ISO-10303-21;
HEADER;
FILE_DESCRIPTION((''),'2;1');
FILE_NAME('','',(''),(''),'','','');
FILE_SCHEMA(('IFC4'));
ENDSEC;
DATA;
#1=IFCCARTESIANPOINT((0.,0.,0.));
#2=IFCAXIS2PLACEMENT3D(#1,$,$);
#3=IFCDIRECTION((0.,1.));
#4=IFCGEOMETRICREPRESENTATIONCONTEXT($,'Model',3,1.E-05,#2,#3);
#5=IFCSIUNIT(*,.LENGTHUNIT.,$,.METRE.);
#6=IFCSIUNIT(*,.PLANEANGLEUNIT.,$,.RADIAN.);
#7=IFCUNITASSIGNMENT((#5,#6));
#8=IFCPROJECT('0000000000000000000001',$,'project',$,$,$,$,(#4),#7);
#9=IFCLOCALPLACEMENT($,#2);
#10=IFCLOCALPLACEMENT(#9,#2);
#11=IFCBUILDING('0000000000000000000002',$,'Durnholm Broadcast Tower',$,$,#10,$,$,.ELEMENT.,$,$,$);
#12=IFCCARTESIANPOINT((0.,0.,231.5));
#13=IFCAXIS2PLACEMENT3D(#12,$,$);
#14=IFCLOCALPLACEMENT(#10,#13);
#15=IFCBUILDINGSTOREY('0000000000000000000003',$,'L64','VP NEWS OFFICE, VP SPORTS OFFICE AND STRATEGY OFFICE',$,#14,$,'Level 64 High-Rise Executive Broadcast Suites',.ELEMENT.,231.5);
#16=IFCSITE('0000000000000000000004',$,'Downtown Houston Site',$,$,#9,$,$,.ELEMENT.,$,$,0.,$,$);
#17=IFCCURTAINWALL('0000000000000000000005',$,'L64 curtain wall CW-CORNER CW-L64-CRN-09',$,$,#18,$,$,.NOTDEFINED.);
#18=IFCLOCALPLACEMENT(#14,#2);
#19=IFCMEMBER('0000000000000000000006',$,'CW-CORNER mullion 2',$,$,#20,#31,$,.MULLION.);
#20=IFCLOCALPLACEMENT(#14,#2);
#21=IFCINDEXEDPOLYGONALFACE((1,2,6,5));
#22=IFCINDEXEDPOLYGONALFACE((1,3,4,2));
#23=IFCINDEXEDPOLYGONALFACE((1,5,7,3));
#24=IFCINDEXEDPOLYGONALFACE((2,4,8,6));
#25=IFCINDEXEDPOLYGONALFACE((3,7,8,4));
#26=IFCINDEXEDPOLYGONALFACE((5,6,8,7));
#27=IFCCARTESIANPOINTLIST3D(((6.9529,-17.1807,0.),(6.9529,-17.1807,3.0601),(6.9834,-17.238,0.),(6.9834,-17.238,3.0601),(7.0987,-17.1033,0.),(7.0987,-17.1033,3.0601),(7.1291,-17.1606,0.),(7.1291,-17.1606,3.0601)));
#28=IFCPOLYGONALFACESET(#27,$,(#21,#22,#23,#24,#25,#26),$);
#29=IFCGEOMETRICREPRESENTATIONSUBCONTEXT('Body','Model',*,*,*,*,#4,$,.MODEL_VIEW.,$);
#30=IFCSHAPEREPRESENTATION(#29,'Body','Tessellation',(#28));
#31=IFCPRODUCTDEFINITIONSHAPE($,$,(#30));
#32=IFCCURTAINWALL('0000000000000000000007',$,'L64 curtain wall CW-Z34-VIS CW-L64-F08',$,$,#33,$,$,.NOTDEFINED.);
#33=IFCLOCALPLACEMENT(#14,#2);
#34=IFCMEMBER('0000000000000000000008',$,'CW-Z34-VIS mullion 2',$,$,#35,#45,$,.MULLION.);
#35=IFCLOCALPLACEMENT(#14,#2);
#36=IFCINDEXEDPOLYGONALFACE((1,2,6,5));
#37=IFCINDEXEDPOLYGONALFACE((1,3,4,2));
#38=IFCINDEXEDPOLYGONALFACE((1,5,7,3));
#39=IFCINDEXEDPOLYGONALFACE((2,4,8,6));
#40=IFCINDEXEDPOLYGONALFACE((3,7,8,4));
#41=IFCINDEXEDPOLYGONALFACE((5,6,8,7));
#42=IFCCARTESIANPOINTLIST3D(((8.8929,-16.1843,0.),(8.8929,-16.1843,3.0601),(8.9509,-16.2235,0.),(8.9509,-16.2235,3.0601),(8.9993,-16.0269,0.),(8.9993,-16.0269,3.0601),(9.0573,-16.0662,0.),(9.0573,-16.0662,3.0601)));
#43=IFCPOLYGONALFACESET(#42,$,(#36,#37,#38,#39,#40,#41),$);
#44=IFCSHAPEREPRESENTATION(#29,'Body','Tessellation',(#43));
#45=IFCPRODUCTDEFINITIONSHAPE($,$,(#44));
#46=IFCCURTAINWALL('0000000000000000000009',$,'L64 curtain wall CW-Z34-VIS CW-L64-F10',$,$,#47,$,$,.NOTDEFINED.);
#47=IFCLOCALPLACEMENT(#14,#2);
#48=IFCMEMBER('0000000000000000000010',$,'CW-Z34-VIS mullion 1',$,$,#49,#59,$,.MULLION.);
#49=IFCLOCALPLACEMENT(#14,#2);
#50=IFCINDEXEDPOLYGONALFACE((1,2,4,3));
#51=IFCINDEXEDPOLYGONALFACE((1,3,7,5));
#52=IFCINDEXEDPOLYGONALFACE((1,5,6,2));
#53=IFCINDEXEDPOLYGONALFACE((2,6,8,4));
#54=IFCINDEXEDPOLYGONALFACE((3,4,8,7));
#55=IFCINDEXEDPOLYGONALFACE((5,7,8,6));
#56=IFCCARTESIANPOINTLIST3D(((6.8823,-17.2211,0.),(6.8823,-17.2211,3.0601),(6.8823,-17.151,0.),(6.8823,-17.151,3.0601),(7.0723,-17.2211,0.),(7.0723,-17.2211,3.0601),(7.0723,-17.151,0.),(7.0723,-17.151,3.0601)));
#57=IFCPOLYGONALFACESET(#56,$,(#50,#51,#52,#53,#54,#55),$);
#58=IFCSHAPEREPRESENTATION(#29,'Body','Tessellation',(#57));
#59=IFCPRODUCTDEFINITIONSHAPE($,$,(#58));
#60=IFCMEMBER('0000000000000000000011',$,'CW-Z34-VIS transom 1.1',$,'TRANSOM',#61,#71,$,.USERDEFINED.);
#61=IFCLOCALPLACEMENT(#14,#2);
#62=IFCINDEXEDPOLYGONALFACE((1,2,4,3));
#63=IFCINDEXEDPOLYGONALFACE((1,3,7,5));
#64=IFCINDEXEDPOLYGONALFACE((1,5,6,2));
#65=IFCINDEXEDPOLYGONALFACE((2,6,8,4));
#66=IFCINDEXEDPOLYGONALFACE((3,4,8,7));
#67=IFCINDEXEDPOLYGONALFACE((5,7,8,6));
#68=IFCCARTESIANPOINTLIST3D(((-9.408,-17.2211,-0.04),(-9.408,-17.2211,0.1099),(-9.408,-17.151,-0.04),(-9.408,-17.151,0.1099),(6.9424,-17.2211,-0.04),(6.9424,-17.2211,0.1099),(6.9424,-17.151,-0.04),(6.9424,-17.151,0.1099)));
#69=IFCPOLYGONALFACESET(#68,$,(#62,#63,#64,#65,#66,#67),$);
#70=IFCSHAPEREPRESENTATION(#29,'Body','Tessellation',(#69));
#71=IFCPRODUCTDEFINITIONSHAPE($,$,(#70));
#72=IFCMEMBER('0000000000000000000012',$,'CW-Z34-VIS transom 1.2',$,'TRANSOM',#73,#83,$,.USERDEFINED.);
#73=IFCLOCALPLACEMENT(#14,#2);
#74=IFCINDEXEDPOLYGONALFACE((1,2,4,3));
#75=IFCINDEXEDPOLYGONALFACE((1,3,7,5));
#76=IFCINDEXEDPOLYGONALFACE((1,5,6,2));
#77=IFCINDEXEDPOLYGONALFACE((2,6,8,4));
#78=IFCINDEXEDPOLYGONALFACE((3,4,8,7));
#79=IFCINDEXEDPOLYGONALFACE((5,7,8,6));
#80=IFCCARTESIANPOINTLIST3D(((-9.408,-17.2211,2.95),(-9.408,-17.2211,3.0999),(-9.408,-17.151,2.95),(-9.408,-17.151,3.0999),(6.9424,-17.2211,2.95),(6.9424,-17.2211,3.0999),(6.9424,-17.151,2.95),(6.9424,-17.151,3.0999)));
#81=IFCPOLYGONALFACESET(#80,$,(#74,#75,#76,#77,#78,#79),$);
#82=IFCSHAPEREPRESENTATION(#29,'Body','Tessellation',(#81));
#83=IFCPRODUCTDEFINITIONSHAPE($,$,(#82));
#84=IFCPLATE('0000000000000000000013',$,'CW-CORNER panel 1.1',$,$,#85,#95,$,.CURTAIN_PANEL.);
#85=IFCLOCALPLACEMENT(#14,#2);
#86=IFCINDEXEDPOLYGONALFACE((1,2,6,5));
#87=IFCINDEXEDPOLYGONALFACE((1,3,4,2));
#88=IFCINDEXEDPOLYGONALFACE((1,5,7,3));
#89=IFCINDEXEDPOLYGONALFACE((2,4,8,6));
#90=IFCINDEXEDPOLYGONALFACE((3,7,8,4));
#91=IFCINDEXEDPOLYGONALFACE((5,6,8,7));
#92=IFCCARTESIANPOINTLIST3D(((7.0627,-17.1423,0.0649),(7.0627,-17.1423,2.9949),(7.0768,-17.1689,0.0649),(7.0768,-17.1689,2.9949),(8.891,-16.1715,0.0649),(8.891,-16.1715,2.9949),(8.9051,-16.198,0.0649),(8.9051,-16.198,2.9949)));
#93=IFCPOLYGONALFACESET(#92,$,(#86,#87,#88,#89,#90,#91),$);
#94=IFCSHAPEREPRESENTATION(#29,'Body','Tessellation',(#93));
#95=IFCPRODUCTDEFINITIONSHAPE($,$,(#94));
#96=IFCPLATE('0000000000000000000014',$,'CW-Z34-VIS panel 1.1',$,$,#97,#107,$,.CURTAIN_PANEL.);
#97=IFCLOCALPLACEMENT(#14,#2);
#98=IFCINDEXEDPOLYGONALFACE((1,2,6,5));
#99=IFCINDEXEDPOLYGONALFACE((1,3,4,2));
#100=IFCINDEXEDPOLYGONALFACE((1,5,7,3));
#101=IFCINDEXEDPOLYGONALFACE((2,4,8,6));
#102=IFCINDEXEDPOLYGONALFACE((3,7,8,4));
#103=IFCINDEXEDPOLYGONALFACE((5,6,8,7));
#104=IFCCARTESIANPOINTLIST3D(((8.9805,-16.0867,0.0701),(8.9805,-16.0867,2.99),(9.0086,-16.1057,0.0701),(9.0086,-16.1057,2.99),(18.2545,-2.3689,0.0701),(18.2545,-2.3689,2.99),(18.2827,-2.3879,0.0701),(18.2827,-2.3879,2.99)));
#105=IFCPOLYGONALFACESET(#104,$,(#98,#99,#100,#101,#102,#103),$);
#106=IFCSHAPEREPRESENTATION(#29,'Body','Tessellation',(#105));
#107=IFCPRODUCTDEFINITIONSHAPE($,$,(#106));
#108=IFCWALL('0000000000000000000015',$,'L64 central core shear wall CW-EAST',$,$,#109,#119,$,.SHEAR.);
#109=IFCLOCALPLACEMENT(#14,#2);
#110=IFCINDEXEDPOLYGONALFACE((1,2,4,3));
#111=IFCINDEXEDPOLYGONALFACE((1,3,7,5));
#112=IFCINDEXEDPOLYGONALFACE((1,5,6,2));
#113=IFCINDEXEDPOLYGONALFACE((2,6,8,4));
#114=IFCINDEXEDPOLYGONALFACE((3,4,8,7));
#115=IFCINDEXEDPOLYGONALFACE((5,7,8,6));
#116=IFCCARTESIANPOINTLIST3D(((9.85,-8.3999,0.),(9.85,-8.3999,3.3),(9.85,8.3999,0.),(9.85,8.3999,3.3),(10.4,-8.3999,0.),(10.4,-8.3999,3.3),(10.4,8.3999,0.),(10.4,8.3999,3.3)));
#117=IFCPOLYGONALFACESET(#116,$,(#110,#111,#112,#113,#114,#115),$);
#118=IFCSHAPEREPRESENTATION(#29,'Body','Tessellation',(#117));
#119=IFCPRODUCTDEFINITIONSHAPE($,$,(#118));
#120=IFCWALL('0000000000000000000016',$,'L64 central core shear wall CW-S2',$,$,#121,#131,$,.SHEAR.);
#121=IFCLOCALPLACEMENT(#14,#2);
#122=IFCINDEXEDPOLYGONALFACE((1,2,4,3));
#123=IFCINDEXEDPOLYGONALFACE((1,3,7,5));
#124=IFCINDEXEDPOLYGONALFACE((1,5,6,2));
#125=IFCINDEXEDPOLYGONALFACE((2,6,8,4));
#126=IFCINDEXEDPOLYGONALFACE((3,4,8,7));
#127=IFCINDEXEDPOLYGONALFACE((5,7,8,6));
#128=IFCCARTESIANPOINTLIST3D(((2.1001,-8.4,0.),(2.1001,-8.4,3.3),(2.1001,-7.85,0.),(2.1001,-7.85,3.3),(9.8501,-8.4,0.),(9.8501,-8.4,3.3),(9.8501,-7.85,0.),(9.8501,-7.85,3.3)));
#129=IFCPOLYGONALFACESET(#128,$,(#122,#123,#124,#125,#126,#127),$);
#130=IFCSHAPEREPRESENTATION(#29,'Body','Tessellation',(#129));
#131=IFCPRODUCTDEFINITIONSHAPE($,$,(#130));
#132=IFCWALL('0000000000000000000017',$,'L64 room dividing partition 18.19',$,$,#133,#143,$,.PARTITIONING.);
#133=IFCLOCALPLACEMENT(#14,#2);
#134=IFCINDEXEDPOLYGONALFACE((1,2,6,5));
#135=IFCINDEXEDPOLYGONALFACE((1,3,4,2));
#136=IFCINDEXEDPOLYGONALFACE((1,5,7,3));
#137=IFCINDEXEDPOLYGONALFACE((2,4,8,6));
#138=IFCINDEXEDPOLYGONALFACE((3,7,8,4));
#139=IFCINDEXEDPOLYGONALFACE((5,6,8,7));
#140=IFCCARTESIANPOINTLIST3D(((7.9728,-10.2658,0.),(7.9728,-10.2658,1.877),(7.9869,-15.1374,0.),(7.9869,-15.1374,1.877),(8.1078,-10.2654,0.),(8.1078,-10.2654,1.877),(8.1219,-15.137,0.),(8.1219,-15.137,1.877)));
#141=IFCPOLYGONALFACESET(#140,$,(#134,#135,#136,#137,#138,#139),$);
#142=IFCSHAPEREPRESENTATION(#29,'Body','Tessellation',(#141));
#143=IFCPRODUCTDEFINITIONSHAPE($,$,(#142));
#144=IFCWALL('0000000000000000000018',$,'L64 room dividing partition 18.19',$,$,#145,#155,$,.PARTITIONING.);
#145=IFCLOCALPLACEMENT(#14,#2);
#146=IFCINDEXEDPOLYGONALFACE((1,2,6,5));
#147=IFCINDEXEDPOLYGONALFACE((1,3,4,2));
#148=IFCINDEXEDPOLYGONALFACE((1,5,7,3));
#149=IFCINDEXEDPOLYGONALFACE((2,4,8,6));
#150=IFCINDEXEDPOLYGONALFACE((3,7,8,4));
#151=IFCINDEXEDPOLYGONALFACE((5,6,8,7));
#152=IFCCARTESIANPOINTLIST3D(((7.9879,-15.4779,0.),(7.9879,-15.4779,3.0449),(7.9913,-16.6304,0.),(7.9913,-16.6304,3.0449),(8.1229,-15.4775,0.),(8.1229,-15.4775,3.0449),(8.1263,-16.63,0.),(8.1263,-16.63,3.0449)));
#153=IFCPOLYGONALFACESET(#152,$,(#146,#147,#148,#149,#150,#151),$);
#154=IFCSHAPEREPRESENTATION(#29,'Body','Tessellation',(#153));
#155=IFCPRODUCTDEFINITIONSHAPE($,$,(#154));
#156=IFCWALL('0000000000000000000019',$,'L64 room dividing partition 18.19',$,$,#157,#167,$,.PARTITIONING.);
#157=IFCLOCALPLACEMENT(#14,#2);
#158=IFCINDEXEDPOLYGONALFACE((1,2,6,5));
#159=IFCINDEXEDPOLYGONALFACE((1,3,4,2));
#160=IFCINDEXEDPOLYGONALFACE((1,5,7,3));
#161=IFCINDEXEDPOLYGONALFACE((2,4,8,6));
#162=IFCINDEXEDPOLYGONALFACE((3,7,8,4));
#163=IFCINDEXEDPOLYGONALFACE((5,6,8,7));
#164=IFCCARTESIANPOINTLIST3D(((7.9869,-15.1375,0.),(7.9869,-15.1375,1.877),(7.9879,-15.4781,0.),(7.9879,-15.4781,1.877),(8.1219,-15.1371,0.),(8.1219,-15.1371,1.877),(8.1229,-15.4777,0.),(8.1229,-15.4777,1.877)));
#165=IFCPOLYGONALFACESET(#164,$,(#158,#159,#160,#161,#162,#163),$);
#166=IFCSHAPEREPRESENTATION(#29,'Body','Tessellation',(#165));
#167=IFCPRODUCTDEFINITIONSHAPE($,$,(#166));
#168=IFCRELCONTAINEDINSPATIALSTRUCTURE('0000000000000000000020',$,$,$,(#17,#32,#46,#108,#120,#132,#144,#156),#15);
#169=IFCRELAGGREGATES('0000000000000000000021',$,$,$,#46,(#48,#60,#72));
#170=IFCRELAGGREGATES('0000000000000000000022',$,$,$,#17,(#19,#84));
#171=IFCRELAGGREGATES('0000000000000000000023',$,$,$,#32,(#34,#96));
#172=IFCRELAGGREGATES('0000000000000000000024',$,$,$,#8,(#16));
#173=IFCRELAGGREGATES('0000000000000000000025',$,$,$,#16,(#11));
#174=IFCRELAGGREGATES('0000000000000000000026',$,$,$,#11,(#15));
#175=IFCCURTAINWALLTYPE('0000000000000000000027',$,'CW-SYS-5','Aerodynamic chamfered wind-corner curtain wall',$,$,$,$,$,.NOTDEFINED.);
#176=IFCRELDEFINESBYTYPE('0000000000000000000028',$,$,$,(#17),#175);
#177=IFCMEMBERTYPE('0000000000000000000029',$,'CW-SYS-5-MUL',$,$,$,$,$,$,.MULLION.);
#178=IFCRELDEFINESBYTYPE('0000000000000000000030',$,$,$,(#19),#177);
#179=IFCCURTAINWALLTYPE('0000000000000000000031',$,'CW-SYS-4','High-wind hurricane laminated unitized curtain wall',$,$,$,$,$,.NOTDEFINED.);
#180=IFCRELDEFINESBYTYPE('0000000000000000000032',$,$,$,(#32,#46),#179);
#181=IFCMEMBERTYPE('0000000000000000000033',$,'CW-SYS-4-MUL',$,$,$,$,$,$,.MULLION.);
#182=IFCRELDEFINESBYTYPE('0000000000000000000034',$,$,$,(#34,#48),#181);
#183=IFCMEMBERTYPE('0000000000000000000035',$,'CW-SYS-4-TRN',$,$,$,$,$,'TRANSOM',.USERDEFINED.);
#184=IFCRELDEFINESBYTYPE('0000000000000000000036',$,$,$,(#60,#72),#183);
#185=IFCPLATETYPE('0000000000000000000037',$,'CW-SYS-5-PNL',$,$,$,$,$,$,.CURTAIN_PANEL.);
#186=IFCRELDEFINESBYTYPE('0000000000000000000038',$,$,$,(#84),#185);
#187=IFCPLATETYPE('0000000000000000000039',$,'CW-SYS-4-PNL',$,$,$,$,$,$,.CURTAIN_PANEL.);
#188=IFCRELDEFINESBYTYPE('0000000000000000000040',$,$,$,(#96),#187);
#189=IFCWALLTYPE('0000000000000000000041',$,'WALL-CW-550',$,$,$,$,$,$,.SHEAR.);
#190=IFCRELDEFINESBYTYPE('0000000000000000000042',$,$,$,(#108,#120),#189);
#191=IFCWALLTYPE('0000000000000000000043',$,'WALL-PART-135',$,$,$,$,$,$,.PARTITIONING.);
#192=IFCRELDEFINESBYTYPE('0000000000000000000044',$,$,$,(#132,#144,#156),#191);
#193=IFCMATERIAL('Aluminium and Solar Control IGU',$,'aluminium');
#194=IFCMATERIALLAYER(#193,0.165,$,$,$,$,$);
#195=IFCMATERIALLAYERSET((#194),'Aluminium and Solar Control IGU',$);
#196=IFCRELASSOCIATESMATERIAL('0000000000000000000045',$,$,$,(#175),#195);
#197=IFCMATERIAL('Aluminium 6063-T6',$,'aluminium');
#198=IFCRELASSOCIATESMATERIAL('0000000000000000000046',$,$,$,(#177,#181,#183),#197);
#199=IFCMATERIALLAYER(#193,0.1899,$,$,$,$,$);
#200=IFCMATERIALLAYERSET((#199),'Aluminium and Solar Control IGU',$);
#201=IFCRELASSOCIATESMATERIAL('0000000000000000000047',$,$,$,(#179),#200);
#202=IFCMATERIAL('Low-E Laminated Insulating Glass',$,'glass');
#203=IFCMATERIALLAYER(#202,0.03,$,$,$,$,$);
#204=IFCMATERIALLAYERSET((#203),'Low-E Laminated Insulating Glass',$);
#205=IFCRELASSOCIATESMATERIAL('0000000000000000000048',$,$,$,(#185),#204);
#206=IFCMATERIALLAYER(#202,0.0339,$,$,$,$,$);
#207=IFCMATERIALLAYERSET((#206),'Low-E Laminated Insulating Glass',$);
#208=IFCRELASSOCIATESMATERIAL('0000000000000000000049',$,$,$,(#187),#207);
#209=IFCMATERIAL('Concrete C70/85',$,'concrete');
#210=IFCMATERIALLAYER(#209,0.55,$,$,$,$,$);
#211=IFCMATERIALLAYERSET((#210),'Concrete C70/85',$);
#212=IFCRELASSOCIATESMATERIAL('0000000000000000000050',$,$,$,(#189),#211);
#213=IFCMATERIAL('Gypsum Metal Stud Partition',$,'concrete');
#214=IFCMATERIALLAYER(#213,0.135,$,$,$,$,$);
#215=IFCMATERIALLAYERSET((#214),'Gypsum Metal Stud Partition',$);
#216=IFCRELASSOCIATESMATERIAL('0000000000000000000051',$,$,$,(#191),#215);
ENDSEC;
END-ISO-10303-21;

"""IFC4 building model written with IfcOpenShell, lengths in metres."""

from ifc_helpers import new_model, si_unit, direction, frame, frame_2d, origin, origin_2d, place, context, subcontext, project, spatial, rectangle, extrude, source, transform, mapped, material, layer, layer_set, material_profile, profile_set, type_object, type_shapes, element, aggregate, save


model = new_model("IFC4")

# Units and contexts
model_context = context("Model", 3, precision=1e-05, world=origin(), true_north=direction((0.0, 1.0)))
body_context = subcontext(model_context, "Body", "Model", "MODEL_VIEW")
ifc_project = project(units=[si_unit("LENGTHUNIT", "METRE"), si_unit("PLANEANGLEUNIT", "RADIAN")], contexts=[model_context])

# Site, building, storey
site_placement = place(None, origin())
site = spatial("IfcSite", under=ifc_project, at=site_placement, Name="Downtown Houston Site", CompositionType="ELEMENT", RefElevation=0.0)
building_placement = place(site_placement, origin())
building = spatial("IfcBuilding", under=site, at=building_placement, Name="Durnholm Broadcast Tower", CompositionType="ELEMENT")
storey_placement = place(building_placement, frame((0.0, 0.0, 231.5)))
storey = spatial("IfcBuildingStorey", under=building, at=storey_placement, Name="L64", Description="VP NEWS OFFICE, VP SPORTS OFFICE AND STRATEGY OFFICE", LongName="Level 64 High-Rise Executive Broadcast Suites", CompositionType="ELEMENT", Elevation=231.5)

# Shared definitions
ifc_material_1 = material(Name="Concrete C70/85", Category="concrete")

# Curtain wall, member
ifc_material_2 = material(Name="Aluminium and Solar Control IGU", Category="aluminium")
ifc_layer_1 = layer(ifc_material_2, 0.165)
ifc_layer_set_1 = layer_set([ifc_layer_1], Name="Aluminium and Solar Control IGU")
curtain_wall_type_1 = type_object("IfcCurtainWallType", Name="CW-SYS-5", Description="Aerodynamic chamfered wind-corner curtain wall", PredefinedType="NOTDEFINED", material=ifc_layer_set_1)
curtain_wall_1_placement = place(storey_placement, origin())
curtain_wall_1 = element("IfcCurtainWall", 1, at=curtain_wall_1_placement, inside=storey, type_object=curtain_wall_type_1, Name="L64 curtain wall CW-CORNER CW-L64-CRN-09", PredefinedType="NOTDEFINED")
ifc_material_3 = material(Name="Aluminium 6063-T6", Category="aluminium")
ifc_material_profile_1 = material_profile(ifc_material_3, rectangle(XDim=0.0649, YDim=0.165, at=origin_2d()), Name="CWM65X165")
ifc_profile_set_1 = profile_set([ifc_material_profile_1], Name="Aluminium 6063-T6")
member_type_1 = type_object("IfcMemberType", Name="CW-SYS-5-MUL", PredefinedType="MULLION", material=ifc_profile_set_1)
shared_shape_1 = source(origin(), body_context, "Body", "SweptSolid", [
    extrude(rectangle(XDim=0.0649, YDim=0.165, at=origin_2d()), origin(), (0.0, 0.0, 1.0), 3.0601),
])
type_shapes(member_type_1, [shared_shape_1])
member_1_placement = place(storey_placement, frame((7.041, -17.1707, 0.0), z_axis=(0.0, 0.0, 1.0), x_axis=(0.469007, -0.883195, 0.0)))
member_1 = element("IfcMember", 2, at=member_1_placement, type_object=member_type_1, Name="CW-CORNER mullion 2", PredefinedType="MULLION", context=body_context, shape_type="MappedRepresentation", body=[
    mapped(shared_shape_1, transform((0.0, 0.0, 0.0), x_axis=(1.0, 0.0, 0.0), y_axis=(0.0, 1.0, 0.0), z_axis=(0.0, 0.0, 1.0), scale=1.0)),
])

# Curtain wall, member
ifc_layer_2 = layer(ifc_material_2, 0.1899)
ifc_layer_set_2 = layer_set([ifc_layer_2], Name="Aluminium and Solar Control IGU")
curtain_wall_type_2 = type_object("IfcCurtainWallType", Name="CW-SYS-4", Description="High-wind hurricane laminated unitized curtain wall", PredefinedType="NOTDEFINED", material=ifc_layer_set_2)
curtain_wall_2_placement = place(storey_placement, origin())
curtain_wall_2 = element("IfcCurtainWall", 3, at=curtain_wall_2_placement, inside=storey, type_object=curtain_wall_type_2, Name="L64 curtain wall CW-Z34-VIS CW-L64-F08", PredefinedType="NOTDEFINED")
ifc_material_profile_2 = material_profile(ifc_material_3, rectangle(XDim=0.0701, YDim=0.1899, at=origin_2d()), Name="CWM70X190")
ifc_profile_set_2 = profile_set([ifc_material_profile_2], Name="Aluminium 6063-T6")
member_type_2 = type_object("IfcMemberType", Name="CW-SYS-4-MUL", PredefinedType="MULLION", material=ifc_profile_set_2)
shared_shape_2 = source(origin(), body_context, "Body", "SweptSolid", [
    extrude(rectangle(XDim=0.0701, YDim=0.1899, at=origin_2d()), origin(), (0.0, 0.0, 1.0), 3.0601),
])
type_shapes(member_type_2, [shared_shape_2])
member_2_placement = place(storey_placement, frame((8.9751, -16.1252, 0.0), z_axis=(0.0, 0.0, 1.0), x_axis=(0.828443, -0.560073, 0.0)))
member_2 = element("IfcMember", 4, at=member_2_placement, type_object=member_type_2, Name="CW-Z34-VIS mullion 2", PredefinedType="MULLION", context=body_context, shape_type="MappedRepresentation", body=[
    mapped(shared_shape_2, transform((0.0, 0.0, 0.0), x_axis=(1.0, 0.0, 0.0), y_axis=(0.0, 1.0, 0.0), z_axis=(0.0, 0.0, 1.0), scale=1.0)),
])

# Curtain wall, members
curtain_wall_3_placement = place(storey_placement, origin())
curtain_wall_3 = element("IfcCurtainWall", 5, at=curtain_wall_3_placement, inside=storey, type_object=curtain_wall_type_2, Name="L64 curtain wall CW-Z34-VIS CW-L64-F10", PredefinedType="NOTDEFINED")
member_3_placement = place(storey_placement, frame((6.9773, -17.186, 0.0), z_axis=(0.0, 0.0, 1.0), x_axis=(0.0, -1.0, 0.0)))
member_3 = element("IfcMember", 6, at=member_3_placement, type_object=member_type_2, Name="CW-Z34-VIS mullion 1", PredefinedType="MULLION", context=body_context, shape_type="MappedRepresentation", body=[
    mapped(shared_shape_2, transform((0.0, 0.0, 0.0), x_axis=(1.0, 0.0, 0.0), y_axis=(0.0, 1.0, 0.0), z_axis=(0.0, 0.0, 1.0), scale=1.0)),
])
ifc_material_profile_3 = material_profile(ifc_material_3, rectangle(XDim=0.0701, YDim=0.1499, at=origin_2d()), Name="CWT70X150")
ifc_profile_set_3 = profile_set([ifc_material_profile_3], Name="Aluminium 6063-T6")
member_type_3 = type_object("IfcMemberType", Name="CW-SYS-4-TRN", ElementType="TRANSOM", PredefinedType="USERDEFINED", material=ifc_profile_set_3)
shared_shape_3 = source(origin(), body_context, "Body", "SweptSolid", [
    extrude(rectangle(XDim=0.0701, YDim=0.1499, at=origin_2d()), origin(), (0.0, 0.0, 1.0), 16.3503),
])
type_shapes(member_type_3, [shared_shape_3])
member_4_placement = place(storey_placement, frame((6.9424, -17.186, 0.0349), z_axis=(-1.0, 0.0, 0.0), x_axis=(0.0, -1.0, 0.0)))
member_4 = element("IfcMember", 7, at=member_4_placement, type_object=member_type_3, Name="CW-Z34-VIS transom 1.1", ObjectType="TRANSOM", PredefinedType="USERDEFINED", context=body_context, shape_type="MappedRepresentation", body=[
    mapped(shared_shape_3, transform((0.0, 0.0, 0.0), x_axis=(1.0, 0.0, 0.0), y_axis=(0.0, 1.0, 0.0), z_axis=(0.0, 0.0, 1.0), scale=1.0)),
])
member_5_placement = place(storey_placement, frame((6.9424, -17.186, 3.0249), z_axis=(-1.0, 0.0, 0.0), x_axis=(0.0, -1.0, 0.0)))
member_5 = element("IfcMember", 8, at=member_5_placement, type_object=member_type_3, Name="CW-Z34-VIS transom 1.2", ObjectType="TRANSOM", PredefinedType="USERDEFINED", context=body_context, shape_type="MappedRepresentation", body=[
    mapped(shared_shape_3, transform((0.0, 0.0, 0.0), x_axis=(1.0, 0.0, 0.0), y_axis=(0.0, 1.0, 0.0), z_axis=(0.0, 0.0, 1.0), scale=1.0)),
])
aggregate(curtain_wall_3, [member_3, member_4, member_5])

# Plates
ifc_material_4 = material(Name="Low-E Laminated Insulating Glass", Category="glass")
ifc_layer_3 = layer(ifc_material_4, 0.03)
ifc_layer_set_3 = layer_set([ifc_layer_3], Name="Low-E Laminated Insulating Glass")
plate_type_1 = type_object("IfcPlateType", Name="CW-SYS-5-PNL", PredefinedType="CURTAIN_PANEL", material=ifc_layer_set_3)
shared_shape_4 = source(origin(), body_context, "Body", "SweptSolid", [
    extrude(rectangle(XDim=2.0701, YDim=0.03, at=origin_2d()), origin(), (0.0, 0.0, 1.0), 2.9299),
])
type_shapes(plate_type_1, [shared_shape_4])
plate_1_placement = place(storey_placement, frame((7.9839, -16.6702, 0.0649), z_axis=(0.0, 0.0, 1.0), x_axis=(-0.883195, -0.469007, 0.0)))
plate_1 = element("IfcPlate", 9, at=plate_1_placement, type_object=plate_type_1, Name="CW-CORNER panel 1.1", PredefinedType="CURTAIN_PANEL", context=body_context, shape_type="MappedRepresentation", body=[
    mapped(shared_shape_4, transform((0.0, 0.0, 0.0), x_axis=(1.0, 0.0, 0.0), y_axis=(0.0, 1.0, 0.0), z_axis=(0.0, 0.0, 1.0), scale=1.0)),
])
aggregate(curtain_wall_1, [member_1, plate_1])
ifc_layer_4 = layer(ifc_material_4, 0.0339)
ifc_layer_set_4 = layer_set([ifc_layer_4], Name="Low-E Laminated Insulating Glass")
plate_type_2 = type_object("IfcPlateType", Name="CW-SYS-4-PNL", PredefinedType="CURTAIN_PANEL", material=ifc_layer_set_4)
shared_shape_5 = source(origin(), body_context, "Body", "SweptSolid", [
    extrude(rectangle(XDim=16.5586, YDim=0.0339, at=origin_2d()), origin(), (0.0, 0.0, 1.0), 2.9199),
])
type_shapes(plate_type_2, [shared_shape_5])
plate_2_placement = place(storey_placement, frame((13.6316, -9.2373, 0.0701), z_axis=(0.0, 0.0, 1.0), x_axis=(-0.560073, -0.828443, 0.0)))
plate_2 = element("IfcPlate", 10, at=plate_2_placement, type_object=plate_type_2, Name="CW-Z34-VIS panel 1.1", PredefinedType="CURTAIN_PANEL", context=body_context, shape_type="MappedRepresentation", body=[
    mapped(shared_shape_5, transform((0.0, 0.0, 0.0), x_axis=(1.0, 0.0, 0.0), y_axis=(0.0, 1.0, 0.0), z_axis=(0.0, 0.0, 1.0), scale=1.0)),
])
aggregate(curtain_wall_2, [member_2, plate_2])

# Walls
ifc_layer_5 = layer(ifc_material_1, 0.55)
ifc_layer_set_5 = layer_set([ifc_layer_5], Name="Concrete C70/85")
wall_type_1 = type_object("IfcWallType", Name="WALL-CW-550", PredefinedType="SHEAR", material=ifc_layer_set_5)
wall_1_placement = place(storey_placement, frame((10.125, -8.3999, 0.0), z_axis=(0.0, 0.0, 1.0), x_axis=(0.0, 1.0, 0.0)))
element("IfcWall", 11, at=wall_1_placement, inside=storey, type_object=wall_type_1, Name="L64 central core shear wall CW-EAST", PredefinedType="SHEAR", context=body_context, shape_type="SweptSolid", body=[
    extrude(rectangle(XDim=16.7998, YDim=0.55, at=frame_2d((8.3999, 0.0))), origin(), (0.0, 0.0, 1.0), 3.3),
])
wall_2_placement = place(storey_placement, frame((2.1001, -8.125, 0.0), z_axis=(0.0, 0.0, 1.0), x_axis=(1.0, 0.0, 0.0)))
element("IfcWall", 12, at=wall_2_placement, inside=storey, type_object=wall_type_1, Name="L64 central core shear wall CW-S2", PredefinedType="SHEAR", context=body_context, shape_type="SweptSolid", body=[
    extrude(rectangle(XDim=7.75, YDim=0.55, at=frame_2d((3.875, 0.0))), origin(), (0.0, 0.0, 1.0), 3.3),
])
ifc_material_5 = material(Name="Gypsum Metal Stud Partition", Category="concrete")
ifc_layer_6 = layer(ifc_material_5, 0.135)
ifc_layer_set_6 = layer_set([ifc_layer_6], Name="Gypsum Metal Stud Partition")
wall_type_2 = type_object("IfcWallType", Name="WALL-PART-135", PredefinedType="PARTITIONING", material=ifc_layer_set_6)
wall_3_placement = place(storey_placement, frame((8.0403, -10.2656, 0.0), z_axis=(0.0, 0.0, 1.0), x_axis=(0.002907, -0.999996, 0.0)))
element("IfcWall", 13, at=wall_3_placement, inside=storey, type_object=wall_type_2, Name="L64 room dividing partition 18.19", PredefinedType="PARTITIONING", context=body_context, shape_type="SweptSolid", body=[
    extrude(rectangle(XDim=4.8716, YDim=0.135, at=frame_2d((2.4358, 0.0))), origin(), (0.0, 0.0, 1.0), 1.877),
])
wall_4_placement = place(storey_placement, frame((8.0554, -15.4778, 0.0), z_axis=(0.0, 0.0, 1.0), x_axis=(0.002965, -0.999996, 0.0)))
element("IfcWall", 14, at=wall_4_placement, inside=storey, type_object=wall_type_2, Name="L64 room dividing partition 18.19", PredefinedType="PARTITIONING", context=body_context, shape_type="SweptSolid", body=[
    extrude(rectangle(XDim=1.1526, YDim=0.135, at=frame_2d((0.5762, 0.0))), origin(), (0.0, 0.0, 1.0), 3.0449),
])
wall_5_placement = place(storey_placement, frame((8.0544, -15.1372, 0.0), z_axis=(0.0, 0.0, 1.0), x_axis=(0.002867, -0.999996, 0.0)))
element("IfcWall", 15, at=wall_5_placement, inside=storey, type_object=wall_type_2, Name="L64 room dividing partition 18.19", PredefinedType="PARTITIONING", context=body_context, shape_type="SweptSolid", body=[
    extrude(rectangle(XDim=0.3406, YDim=0.135, at=frame_2d((0.1704, 0.0))), origin(), (0.0, 0.0, 1.0), 1.877),
])

save(model, "model.ifc")
